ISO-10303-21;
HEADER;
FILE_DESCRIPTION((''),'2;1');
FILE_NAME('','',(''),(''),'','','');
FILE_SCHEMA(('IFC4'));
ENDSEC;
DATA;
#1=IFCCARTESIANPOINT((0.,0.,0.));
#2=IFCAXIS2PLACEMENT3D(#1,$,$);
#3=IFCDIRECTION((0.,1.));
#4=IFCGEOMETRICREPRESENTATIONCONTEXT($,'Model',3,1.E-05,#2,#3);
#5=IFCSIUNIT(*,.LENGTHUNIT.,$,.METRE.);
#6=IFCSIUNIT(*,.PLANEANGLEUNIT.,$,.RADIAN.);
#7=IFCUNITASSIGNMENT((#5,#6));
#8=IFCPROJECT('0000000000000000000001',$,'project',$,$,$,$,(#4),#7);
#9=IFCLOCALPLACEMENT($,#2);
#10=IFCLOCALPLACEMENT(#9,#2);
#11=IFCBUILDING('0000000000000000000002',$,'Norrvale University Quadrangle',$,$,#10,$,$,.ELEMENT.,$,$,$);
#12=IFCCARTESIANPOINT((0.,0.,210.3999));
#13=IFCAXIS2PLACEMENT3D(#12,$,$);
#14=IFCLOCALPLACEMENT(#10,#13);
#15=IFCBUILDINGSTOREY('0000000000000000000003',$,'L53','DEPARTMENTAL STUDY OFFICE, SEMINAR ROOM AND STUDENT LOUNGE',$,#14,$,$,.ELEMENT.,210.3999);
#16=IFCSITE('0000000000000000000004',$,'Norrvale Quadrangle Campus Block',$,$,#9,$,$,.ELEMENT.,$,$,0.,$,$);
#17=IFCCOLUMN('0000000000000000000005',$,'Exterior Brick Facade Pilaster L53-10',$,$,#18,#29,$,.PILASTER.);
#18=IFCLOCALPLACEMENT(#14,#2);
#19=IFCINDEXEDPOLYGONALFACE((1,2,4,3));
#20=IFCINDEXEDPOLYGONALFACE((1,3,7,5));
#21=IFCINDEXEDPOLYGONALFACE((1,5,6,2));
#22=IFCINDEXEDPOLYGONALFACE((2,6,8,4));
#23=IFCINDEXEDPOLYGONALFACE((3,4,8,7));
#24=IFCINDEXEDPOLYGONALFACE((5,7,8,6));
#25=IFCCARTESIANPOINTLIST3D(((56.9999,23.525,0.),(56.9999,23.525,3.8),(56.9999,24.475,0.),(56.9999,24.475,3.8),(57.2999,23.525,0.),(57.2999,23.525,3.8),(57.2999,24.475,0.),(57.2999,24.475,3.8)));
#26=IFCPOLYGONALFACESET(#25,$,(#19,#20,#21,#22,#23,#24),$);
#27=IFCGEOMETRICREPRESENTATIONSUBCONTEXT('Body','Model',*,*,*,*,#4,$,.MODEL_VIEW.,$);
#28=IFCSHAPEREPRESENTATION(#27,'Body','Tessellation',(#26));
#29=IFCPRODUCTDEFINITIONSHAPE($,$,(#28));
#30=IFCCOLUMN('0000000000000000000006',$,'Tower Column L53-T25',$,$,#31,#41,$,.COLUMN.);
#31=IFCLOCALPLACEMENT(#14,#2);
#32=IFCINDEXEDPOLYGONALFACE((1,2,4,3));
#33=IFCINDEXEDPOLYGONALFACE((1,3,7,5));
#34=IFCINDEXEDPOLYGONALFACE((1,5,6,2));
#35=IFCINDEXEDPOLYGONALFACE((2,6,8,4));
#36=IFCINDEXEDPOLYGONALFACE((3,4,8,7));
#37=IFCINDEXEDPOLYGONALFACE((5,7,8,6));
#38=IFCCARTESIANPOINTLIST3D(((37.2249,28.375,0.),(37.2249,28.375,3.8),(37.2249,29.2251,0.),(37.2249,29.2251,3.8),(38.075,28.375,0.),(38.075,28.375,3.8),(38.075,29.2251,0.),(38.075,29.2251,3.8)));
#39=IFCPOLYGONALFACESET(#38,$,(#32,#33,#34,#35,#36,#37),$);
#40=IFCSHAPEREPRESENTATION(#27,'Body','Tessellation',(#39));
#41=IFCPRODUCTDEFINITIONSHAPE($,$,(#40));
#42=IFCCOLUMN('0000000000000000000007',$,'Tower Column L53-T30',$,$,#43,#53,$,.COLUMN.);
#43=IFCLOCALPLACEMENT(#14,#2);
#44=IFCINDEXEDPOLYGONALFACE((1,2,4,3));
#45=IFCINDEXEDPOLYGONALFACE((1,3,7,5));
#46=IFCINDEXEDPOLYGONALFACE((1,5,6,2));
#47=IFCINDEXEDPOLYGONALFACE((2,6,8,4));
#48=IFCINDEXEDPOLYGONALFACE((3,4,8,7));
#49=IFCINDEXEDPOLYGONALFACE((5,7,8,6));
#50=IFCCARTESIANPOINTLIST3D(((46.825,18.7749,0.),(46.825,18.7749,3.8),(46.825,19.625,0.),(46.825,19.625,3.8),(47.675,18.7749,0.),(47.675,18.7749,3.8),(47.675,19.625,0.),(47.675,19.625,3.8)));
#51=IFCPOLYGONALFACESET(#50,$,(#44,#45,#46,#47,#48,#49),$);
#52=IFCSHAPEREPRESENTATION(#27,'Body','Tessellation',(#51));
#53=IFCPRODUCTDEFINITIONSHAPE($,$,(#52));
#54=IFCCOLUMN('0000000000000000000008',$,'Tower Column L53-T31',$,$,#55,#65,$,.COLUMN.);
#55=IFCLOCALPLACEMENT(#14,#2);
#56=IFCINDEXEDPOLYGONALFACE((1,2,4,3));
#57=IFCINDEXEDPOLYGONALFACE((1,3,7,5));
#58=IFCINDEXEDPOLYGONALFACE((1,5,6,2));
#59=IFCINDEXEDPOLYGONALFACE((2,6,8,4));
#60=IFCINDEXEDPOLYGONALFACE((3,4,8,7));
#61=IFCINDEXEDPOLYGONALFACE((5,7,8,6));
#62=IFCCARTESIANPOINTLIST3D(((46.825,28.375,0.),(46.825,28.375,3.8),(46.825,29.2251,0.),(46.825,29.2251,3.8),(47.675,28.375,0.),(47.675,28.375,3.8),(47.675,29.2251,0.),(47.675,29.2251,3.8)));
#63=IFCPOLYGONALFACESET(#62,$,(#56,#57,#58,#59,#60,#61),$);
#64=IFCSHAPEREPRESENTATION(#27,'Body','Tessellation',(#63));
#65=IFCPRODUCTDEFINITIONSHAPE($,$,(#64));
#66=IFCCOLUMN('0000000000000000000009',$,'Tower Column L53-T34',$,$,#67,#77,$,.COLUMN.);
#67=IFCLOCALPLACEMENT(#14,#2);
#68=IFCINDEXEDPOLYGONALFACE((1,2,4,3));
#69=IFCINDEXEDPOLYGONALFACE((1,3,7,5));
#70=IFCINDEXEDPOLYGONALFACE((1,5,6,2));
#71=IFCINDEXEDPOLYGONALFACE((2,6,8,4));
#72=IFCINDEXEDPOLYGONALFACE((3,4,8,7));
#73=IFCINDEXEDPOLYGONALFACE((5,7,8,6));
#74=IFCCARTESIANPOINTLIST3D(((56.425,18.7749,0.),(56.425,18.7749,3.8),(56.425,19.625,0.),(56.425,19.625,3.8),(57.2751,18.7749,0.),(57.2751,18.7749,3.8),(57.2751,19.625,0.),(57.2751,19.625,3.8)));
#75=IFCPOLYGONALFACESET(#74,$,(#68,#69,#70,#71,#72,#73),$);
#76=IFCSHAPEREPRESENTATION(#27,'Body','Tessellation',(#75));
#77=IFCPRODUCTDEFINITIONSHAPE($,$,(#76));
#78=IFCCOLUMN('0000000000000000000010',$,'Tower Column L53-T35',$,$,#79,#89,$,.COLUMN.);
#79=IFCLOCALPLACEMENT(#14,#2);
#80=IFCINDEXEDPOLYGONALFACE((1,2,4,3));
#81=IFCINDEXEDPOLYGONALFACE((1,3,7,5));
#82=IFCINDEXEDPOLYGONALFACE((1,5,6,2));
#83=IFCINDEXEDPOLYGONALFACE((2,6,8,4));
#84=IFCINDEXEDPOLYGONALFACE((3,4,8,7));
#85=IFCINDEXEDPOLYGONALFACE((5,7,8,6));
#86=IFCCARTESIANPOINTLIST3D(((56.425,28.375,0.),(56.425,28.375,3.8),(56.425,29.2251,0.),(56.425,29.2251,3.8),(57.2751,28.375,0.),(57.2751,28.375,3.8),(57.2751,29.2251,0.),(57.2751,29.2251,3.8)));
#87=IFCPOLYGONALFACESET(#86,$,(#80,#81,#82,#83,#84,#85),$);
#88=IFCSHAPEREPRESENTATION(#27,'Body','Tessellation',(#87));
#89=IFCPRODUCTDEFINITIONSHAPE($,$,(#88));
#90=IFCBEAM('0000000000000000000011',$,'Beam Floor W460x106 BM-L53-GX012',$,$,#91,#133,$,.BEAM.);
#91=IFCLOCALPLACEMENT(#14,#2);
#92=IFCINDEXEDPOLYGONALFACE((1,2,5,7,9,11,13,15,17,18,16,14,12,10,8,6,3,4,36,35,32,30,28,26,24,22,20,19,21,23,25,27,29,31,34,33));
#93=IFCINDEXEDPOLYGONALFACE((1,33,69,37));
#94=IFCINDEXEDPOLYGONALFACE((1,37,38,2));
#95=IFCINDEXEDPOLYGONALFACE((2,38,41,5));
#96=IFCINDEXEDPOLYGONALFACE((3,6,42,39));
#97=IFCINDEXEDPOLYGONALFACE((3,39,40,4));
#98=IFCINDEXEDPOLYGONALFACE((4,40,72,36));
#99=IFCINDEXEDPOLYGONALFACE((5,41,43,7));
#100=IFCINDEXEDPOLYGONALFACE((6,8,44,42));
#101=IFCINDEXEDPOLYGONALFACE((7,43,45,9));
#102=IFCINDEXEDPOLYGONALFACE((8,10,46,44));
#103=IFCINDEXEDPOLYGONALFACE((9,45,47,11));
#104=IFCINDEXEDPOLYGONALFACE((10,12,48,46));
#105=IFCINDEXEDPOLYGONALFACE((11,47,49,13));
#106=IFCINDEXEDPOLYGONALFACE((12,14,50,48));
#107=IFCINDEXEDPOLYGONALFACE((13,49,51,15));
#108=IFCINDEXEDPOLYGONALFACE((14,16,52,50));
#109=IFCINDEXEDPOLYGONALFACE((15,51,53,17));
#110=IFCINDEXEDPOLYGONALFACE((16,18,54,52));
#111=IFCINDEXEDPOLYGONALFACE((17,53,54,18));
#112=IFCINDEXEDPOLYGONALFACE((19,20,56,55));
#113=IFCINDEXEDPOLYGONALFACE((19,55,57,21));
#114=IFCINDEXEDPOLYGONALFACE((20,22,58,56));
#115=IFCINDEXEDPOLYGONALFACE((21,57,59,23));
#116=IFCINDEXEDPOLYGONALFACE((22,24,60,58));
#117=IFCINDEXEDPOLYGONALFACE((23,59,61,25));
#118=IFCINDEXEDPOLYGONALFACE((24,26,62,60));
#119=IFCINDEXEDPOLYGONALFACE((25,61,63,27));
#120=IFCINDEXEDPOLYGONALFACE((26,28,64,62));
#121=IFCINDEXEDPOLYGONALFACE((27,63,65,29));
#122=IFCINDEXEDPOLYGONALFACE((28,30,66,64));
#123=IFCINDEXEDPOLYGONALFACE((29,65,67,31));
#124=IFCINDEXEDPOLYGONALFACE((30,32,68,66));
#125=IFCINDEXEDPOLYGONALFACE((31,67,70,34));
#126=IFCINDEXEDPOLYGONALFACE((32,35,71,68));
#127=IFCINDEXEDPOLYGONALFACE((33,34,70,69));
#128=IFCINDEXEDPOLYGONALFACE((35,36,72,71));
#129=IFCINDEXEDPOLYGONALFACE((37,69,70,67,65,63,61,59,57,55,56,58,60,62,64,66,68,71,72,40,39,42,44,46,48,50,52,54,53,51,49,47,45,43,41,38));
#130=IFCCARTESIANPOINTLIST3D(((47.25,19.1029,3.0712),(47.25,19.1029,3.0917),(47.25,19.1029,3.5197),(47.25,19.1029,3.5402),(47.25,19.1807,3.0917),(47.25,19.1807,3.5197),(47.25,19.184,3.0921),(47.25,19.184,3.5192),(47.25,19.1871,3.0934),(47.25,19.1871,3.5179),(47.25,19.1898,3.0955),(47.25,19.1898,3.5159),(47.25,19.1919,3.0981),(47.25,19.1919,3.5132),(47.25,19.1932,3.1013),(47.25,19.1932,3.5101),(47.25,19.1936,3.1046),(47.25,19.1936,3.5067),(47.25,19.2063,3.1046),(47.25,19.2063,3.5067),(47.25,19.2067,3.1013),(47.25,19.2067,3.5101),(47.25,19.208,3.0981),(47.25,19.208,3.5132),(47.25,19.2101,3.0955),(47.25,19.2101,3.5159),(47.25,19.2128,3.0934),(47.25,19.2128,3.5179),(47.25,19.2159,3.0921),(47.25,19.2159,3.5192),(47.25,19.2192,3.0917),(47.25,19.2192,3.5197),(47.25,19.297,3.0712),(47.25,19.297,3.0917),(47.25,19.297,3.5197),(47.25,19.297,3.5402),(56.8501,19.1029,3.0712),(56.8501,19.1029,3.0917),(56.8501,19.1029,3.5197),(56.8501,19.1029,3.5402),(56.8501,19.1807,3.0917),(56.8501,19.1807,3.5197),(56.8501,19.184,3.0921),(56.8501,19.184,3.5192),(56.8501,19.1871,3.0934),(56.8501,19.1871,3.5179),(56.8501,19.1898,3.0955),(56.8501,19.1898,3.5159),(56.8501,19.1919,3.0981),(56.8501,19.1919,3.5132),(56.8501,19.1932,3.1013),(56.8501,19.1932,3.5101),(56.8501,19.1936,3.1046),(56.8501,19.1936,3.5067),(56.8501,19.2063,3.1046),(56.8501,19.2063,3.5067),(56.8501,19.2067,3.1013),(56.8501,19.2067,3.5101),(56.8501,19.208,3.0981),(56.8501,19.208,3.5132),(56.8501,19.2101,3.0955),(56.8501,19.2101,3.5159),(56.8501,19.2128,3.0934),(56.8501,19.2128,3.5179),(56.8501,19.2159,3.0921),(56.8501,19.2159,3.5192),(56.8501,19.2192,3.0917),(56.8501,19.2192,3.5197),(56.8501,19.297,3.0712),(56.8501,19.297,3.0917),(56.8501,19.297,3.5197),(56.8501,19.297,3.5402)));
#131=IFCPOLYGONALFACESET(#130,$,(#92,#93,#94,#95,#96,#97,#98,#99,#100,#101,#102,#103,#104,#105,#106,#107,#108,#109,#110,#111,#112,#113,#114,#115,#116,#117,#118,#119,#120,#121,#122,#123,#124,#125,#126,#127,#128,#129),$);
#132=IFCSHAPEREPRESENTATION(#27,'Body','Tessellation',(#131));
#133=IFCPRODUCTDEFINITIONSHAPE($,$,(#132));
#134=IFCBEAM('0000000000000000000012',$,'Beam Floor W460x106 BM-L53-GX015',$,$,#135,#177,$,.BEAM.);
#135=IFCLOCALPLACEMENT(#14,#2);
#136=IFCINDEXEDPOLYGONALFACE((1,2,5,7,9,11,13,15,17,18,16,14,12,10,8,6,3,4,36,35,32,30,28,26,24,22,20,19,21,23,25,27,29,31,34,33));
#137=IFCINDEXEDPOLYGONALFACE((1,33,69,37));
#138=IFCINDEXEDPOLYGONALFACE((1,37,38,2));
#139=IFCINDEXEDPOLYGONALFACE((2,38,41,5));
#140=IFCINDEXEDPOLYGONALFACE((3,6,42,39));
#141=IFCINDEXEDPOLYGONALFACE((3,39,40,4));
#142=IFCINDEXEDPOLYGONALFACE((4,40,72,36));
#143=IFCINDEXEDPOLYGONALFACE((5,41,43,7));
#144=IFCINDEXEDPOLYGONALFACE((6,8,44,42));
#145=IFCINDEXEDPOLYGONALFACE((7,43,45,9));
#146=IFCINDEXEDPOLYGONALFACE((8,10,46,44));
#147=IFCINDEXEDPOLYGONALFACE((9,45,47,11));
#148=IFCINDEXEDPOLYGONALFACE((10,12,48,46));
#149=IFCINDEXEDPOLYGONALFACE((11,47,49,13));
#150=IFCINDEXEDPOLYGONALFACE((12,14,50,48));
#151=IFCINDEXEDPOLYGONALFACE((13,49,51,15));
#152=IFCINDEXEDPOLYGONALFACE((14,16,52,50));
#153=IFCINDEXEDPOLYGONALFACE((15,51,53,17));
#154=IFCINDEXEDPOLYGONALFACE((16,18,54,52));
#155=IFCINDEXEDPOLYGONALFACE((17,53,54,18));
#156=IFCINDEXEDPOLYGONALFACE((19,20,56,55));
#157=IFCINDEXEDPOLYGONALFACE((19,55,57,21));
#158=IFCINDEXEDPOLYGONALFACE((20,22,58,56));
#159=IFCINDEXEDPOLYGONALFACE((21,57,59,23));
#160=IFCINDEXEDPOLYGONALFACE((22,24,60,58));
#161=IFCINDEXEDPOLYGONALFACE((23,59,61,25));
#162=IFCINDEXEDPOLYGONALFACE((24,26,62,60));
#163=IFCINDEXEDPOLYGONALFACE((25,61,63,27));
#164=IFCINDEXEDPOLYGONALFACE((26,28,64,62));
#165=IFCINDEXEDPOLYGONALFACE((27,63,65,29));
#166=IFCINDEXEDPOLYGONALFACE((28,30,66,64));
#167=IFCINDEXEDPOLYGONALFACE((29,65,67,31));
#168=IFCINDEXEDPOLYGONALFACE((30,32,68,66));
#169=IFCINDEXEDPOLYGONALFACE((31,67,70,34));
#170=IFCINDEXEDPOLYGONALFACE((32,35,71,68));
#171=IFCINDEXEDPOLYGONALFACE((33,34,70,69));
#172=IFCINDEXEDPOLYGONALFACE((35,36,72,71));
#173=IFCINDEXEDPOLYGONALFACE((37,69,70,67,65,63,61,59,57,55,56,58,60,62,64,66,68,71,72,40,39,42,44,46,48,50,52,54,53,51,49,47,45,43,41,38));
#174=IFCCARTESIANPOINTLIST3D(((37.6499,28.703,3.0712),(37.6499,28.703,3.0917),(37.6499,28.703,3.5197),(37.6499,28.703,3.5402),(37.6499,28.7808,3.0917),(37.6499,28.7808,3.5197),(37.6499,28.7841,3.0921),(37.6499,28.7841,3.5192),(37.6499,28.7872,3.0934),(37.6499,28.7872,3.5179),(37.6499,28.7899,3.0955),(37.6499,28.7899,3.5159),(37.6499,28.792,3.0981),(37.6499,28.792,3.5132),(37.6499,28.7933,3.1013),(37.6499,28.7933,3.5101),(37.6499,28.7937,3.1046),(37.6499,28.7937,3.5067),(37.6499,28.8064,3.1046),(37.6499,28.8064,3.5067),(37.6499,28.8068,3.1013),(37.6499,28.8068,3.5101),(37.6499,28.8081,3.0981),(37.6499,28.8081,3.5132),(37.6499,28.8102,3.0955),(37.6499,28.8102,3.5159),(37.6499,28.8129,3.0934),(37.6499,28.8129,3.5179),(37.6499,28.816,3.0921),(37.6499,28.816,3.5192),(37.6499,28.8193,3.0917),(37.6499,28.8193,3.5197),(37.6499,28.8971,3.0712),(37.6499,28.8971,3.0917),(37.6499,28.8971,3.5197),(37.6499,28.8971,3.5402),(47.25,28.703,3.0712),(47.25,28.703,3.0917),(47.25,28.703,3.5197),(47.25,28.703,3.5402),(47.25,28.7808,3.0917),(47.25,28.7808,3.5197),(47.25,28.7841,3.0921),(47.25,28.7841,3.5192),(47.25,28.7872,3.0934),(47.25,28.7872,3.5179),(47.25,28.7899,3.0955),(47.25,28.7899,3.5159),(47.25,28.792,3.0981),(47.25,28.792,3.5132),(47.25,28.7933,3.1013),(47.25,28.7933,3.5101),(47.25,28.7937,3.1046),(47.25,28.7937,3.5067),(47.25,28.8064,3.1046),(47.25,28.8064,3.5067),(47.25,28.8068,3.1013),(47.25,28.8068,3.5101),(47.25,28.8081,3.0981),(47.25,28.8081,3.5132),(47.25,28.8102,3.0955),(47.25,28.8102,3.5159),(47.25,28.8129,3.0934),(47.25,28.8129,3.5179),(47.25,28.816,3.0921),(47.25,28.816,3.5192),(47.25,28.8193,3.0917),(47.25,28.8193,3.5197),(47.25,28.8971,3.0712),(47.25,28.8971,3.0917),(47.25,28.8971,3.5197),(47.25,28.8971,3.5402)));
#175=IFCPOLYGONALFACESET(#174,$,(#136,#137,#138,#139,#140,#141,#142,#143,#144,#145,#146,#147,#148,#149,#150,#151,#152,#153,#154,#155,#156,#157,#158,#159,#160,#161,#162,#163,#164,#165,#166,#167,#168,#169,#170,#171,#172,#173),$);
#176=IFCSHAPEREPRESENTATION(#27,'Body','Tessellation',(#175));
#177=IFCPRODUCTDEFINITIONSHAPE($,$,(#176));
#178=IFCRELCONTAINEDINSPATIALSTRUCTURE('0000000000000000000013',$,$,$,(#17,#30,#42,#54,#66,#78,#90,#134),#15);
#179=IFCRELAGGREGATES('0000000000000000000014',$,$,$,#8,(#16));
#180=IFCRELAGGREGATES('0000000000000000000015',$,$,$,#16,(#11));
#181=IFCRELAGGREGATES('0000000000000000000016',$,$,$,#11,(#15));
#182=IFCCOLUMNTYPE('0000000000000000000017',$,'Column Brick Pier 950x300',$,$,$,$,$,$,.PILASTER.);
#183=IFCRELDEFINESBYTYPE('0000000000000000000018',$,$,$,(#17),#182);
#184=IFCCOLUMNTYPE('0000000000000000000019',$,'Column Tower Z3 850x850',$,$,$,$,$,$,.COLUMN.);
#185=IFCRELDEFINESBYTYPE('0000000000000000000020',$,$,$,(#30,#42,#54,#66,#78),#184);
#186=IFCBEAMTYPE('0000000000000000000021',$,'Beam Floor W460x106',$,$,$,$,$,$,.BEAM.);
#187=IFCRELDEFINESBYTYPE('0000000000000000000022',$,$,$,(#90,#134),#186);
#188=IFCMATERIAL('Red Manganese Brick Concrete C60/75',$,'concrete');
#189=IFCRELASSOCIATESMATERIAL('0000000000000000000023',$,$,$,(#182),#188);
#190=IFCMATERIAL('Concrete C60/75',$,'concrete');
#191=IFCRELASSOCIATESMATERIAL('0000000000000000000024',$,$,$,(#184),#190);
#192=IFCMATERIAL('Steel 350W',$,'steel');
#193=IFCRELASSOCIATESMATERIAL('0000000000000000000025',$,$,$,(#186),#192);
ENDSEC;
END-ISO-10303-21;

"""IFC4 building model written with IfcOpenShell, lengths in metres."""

from ifc_helpers import new_model, si_unit, direction, frame, origin, origin_2d, place, context, subcontext, project, spatial, rectangle, i_section, extrude, material, material_profile, profile_set, type_object, element, save


model = new_model("IFC4")

# Units and contexts
model_context = context("Model", 3, precision=1e-05, world=origin(), true_north=direction((0.0, 1.0)))
body_context = subcontext(model_context, "Body", "Model", "MODEL_VIEW")
ifc_project = project(units=[si_unit("LENGTHUNIT", "METRE"), si_unit("PLANEANGLEUNIT", "RADIAN")], contexts=[model_context])

# Site, building, storey
site_placement = place(None, origin())
site = spatial("IfcSite", under=ifc_project, at=site_placement, Name="Norrvale Quadrangle Campus Block", CompositionType="ELEMENT", RefElevation=0.0)
building_placement = place(site_placement, origin())
building = spatial("IfcBuilding", under=site, at=building_placement, Name="Norrvale University Quadrangle", CompositionType="ELEMENT")
storey_placement = place(building_placement, frame((0.0, 0.0, 210.3999)))
storey = spatial("IfcBuildingStorey", under=building, at=storey_placement, Name="L53", Description="DEPARTMENTAL STUDY OFFICE, SEMINAR ROOM AND STUDENT LOUNGE", CompositionType="ELEMENT", Elevation=210.3999)

# Columns
ifc_material_1 = material(Name="Red Manganese Brick Concrete C60/75", Category="concrete")
ifc_material_profile_1 = material_profile(ifc_material_1, rectangle(XDim=0.95, YDim=0.3, at=origin_2d()), Name="Red Manganese Brick Concrete C60/75")
ifc_profile_set_1 = profile_set([ifc_material_profile_1], Name="Red Manganese Brick Concrete C60/75")
column_type_1 = type_object("IfcColumnType", Name="Column Brick Pier 950x300", PredefinedType="PILASTER", material=ifc_profile_set_1)
column_placement = place(storey_placement, frame((57.1499, 24.0, 0.0), z_axis=(0.0, 0.0, 1.0), x_axis=(0.0, 1.0, 0.0)))
element("IfcColumn", 1, at=column_placement, inside=storey, type_object=column_type_1, Name="Exterior Brick Facade Pilaster L53-10", PredefinedType="PILASTER", context=body_context, shape_type="SweptSolid", body=[
    extrude(rectangle(XDim=0.95, YDim=0.3, at=origin_2d()), origin(), (0.0, 0.0, 1.0), 3.8),
])
ifc_material_2 = material(Name="Concrete C60/75", Category="concrete")
ifc_material_profile_2 = material_profile(ifc_material_2, rectangle(XDim=0.8501, YDim=0.8501, at=origin_2d()), Name="Concrete C60/75")
ifc_profile_set_2 = profile_set([ifc_material_profile_2], Name="Concrete C60/75")
column_type_2 = type_object("IfcColumnType", Name="Column Tower Z3 850x850", PredefinedType="COLUMN", material=ifc_profile_set_2)
for number, where, z_axis, x_axis, name in (
    (2, (37.6499, 28.8, 0.0), (0.0, 0.0, 1.0), (1.0, 0.0, 0.0), "Tower Column L53-T25"),
    (3, (47.25, 19.2, 0.0), (0.0, 0.0, 1.0), (1.0, 0.0, 0.0), "Tower Column L53-T30"),
    (4, (47.25, 28.8, 0.0), (0.0, 0.0, 1.0), (1.0, 0.0, 0.0), "Tower Column L53-T31"),
    (5, (56.8501, 19.2, 0.0), (0.0, 0.0, 1.0), (1.0, 0.0, 0.0), "Tower Column L53-T34"),
    (6, (56.8501, 28.8, 0.0), (0.0, 0.0, 1.0), (1.0, 0.0, 0.0), "Tower Column L53-T35"),
):
    element("IfcColumn", number, at=place(storey_placement, frame(where, z_axis=z_axis, x_axis=x_axis)), inside=storey, type_object=column_type_2, Name=name, PredefinedType="COLUMN", context=body_context, shape_type="SweptSolid", body=[
        extrude(rectangle(XDim=0.8501, YDim=0.8501, at=origin_2d()), origin(), (0.0, 0.0, 1.0), 3.8),
    ])

# Beams
ifc_material_3 = material(Name="Steel 350W", Category="steel")
ifc_material_profile_3 = material_profile(ifc_material_3, i_section(OverallWidth=0.1941, OverallDepth=0.469, WebThickness=0.0127, FlangeThickness=0.0205, FilletRadius=0.0129, at=origin_2d()), Name="Steel 350W")
ifc_profile_set_3 = profile_set([ifc_material_profile_3], Name="Steel 350W")
beam_type_1 = type_object("IfcBeamType", Name="Beam Floor W460x106", PredefinedType="BEAM", material=ifc_profile_set_3)
for number, where, z_axis, x_axis, name in (
    (7, (47.25, 19.2, 3.3057), (1.0, 0.0, 0.0), (0.0, 1.0, 0.0), "Beam Floor W460x106 BM-L53-GX012"),
    (8, (37.6499, 28.8, 3.3057), (1.0, 0.0, 0.0), (0.0, 1.0, 0.0), "Beam Floor W460x106 BM-L53-GX015"),
):
    element("IfcBeam", number, at=place(storey_placement, frame(where, z_axis=z_axis, x_axis=x_axis)), inside=storey, type_object=beam_type_1, Name=name, PredefinedType="BEAM", context=body_context, shape_type="SweptSolid", body=[
        extrude(i_section(OverallWidth=0.1941, OverallDepth=0.469, WebThickness=0.0127, FlangeThickness=0.0205, FilletRadius=0.0129, at=origin_2d()), origin(), (0.0, 0.0, 1.0), 9.6001),
    ])

save(model, "model.ifc")
